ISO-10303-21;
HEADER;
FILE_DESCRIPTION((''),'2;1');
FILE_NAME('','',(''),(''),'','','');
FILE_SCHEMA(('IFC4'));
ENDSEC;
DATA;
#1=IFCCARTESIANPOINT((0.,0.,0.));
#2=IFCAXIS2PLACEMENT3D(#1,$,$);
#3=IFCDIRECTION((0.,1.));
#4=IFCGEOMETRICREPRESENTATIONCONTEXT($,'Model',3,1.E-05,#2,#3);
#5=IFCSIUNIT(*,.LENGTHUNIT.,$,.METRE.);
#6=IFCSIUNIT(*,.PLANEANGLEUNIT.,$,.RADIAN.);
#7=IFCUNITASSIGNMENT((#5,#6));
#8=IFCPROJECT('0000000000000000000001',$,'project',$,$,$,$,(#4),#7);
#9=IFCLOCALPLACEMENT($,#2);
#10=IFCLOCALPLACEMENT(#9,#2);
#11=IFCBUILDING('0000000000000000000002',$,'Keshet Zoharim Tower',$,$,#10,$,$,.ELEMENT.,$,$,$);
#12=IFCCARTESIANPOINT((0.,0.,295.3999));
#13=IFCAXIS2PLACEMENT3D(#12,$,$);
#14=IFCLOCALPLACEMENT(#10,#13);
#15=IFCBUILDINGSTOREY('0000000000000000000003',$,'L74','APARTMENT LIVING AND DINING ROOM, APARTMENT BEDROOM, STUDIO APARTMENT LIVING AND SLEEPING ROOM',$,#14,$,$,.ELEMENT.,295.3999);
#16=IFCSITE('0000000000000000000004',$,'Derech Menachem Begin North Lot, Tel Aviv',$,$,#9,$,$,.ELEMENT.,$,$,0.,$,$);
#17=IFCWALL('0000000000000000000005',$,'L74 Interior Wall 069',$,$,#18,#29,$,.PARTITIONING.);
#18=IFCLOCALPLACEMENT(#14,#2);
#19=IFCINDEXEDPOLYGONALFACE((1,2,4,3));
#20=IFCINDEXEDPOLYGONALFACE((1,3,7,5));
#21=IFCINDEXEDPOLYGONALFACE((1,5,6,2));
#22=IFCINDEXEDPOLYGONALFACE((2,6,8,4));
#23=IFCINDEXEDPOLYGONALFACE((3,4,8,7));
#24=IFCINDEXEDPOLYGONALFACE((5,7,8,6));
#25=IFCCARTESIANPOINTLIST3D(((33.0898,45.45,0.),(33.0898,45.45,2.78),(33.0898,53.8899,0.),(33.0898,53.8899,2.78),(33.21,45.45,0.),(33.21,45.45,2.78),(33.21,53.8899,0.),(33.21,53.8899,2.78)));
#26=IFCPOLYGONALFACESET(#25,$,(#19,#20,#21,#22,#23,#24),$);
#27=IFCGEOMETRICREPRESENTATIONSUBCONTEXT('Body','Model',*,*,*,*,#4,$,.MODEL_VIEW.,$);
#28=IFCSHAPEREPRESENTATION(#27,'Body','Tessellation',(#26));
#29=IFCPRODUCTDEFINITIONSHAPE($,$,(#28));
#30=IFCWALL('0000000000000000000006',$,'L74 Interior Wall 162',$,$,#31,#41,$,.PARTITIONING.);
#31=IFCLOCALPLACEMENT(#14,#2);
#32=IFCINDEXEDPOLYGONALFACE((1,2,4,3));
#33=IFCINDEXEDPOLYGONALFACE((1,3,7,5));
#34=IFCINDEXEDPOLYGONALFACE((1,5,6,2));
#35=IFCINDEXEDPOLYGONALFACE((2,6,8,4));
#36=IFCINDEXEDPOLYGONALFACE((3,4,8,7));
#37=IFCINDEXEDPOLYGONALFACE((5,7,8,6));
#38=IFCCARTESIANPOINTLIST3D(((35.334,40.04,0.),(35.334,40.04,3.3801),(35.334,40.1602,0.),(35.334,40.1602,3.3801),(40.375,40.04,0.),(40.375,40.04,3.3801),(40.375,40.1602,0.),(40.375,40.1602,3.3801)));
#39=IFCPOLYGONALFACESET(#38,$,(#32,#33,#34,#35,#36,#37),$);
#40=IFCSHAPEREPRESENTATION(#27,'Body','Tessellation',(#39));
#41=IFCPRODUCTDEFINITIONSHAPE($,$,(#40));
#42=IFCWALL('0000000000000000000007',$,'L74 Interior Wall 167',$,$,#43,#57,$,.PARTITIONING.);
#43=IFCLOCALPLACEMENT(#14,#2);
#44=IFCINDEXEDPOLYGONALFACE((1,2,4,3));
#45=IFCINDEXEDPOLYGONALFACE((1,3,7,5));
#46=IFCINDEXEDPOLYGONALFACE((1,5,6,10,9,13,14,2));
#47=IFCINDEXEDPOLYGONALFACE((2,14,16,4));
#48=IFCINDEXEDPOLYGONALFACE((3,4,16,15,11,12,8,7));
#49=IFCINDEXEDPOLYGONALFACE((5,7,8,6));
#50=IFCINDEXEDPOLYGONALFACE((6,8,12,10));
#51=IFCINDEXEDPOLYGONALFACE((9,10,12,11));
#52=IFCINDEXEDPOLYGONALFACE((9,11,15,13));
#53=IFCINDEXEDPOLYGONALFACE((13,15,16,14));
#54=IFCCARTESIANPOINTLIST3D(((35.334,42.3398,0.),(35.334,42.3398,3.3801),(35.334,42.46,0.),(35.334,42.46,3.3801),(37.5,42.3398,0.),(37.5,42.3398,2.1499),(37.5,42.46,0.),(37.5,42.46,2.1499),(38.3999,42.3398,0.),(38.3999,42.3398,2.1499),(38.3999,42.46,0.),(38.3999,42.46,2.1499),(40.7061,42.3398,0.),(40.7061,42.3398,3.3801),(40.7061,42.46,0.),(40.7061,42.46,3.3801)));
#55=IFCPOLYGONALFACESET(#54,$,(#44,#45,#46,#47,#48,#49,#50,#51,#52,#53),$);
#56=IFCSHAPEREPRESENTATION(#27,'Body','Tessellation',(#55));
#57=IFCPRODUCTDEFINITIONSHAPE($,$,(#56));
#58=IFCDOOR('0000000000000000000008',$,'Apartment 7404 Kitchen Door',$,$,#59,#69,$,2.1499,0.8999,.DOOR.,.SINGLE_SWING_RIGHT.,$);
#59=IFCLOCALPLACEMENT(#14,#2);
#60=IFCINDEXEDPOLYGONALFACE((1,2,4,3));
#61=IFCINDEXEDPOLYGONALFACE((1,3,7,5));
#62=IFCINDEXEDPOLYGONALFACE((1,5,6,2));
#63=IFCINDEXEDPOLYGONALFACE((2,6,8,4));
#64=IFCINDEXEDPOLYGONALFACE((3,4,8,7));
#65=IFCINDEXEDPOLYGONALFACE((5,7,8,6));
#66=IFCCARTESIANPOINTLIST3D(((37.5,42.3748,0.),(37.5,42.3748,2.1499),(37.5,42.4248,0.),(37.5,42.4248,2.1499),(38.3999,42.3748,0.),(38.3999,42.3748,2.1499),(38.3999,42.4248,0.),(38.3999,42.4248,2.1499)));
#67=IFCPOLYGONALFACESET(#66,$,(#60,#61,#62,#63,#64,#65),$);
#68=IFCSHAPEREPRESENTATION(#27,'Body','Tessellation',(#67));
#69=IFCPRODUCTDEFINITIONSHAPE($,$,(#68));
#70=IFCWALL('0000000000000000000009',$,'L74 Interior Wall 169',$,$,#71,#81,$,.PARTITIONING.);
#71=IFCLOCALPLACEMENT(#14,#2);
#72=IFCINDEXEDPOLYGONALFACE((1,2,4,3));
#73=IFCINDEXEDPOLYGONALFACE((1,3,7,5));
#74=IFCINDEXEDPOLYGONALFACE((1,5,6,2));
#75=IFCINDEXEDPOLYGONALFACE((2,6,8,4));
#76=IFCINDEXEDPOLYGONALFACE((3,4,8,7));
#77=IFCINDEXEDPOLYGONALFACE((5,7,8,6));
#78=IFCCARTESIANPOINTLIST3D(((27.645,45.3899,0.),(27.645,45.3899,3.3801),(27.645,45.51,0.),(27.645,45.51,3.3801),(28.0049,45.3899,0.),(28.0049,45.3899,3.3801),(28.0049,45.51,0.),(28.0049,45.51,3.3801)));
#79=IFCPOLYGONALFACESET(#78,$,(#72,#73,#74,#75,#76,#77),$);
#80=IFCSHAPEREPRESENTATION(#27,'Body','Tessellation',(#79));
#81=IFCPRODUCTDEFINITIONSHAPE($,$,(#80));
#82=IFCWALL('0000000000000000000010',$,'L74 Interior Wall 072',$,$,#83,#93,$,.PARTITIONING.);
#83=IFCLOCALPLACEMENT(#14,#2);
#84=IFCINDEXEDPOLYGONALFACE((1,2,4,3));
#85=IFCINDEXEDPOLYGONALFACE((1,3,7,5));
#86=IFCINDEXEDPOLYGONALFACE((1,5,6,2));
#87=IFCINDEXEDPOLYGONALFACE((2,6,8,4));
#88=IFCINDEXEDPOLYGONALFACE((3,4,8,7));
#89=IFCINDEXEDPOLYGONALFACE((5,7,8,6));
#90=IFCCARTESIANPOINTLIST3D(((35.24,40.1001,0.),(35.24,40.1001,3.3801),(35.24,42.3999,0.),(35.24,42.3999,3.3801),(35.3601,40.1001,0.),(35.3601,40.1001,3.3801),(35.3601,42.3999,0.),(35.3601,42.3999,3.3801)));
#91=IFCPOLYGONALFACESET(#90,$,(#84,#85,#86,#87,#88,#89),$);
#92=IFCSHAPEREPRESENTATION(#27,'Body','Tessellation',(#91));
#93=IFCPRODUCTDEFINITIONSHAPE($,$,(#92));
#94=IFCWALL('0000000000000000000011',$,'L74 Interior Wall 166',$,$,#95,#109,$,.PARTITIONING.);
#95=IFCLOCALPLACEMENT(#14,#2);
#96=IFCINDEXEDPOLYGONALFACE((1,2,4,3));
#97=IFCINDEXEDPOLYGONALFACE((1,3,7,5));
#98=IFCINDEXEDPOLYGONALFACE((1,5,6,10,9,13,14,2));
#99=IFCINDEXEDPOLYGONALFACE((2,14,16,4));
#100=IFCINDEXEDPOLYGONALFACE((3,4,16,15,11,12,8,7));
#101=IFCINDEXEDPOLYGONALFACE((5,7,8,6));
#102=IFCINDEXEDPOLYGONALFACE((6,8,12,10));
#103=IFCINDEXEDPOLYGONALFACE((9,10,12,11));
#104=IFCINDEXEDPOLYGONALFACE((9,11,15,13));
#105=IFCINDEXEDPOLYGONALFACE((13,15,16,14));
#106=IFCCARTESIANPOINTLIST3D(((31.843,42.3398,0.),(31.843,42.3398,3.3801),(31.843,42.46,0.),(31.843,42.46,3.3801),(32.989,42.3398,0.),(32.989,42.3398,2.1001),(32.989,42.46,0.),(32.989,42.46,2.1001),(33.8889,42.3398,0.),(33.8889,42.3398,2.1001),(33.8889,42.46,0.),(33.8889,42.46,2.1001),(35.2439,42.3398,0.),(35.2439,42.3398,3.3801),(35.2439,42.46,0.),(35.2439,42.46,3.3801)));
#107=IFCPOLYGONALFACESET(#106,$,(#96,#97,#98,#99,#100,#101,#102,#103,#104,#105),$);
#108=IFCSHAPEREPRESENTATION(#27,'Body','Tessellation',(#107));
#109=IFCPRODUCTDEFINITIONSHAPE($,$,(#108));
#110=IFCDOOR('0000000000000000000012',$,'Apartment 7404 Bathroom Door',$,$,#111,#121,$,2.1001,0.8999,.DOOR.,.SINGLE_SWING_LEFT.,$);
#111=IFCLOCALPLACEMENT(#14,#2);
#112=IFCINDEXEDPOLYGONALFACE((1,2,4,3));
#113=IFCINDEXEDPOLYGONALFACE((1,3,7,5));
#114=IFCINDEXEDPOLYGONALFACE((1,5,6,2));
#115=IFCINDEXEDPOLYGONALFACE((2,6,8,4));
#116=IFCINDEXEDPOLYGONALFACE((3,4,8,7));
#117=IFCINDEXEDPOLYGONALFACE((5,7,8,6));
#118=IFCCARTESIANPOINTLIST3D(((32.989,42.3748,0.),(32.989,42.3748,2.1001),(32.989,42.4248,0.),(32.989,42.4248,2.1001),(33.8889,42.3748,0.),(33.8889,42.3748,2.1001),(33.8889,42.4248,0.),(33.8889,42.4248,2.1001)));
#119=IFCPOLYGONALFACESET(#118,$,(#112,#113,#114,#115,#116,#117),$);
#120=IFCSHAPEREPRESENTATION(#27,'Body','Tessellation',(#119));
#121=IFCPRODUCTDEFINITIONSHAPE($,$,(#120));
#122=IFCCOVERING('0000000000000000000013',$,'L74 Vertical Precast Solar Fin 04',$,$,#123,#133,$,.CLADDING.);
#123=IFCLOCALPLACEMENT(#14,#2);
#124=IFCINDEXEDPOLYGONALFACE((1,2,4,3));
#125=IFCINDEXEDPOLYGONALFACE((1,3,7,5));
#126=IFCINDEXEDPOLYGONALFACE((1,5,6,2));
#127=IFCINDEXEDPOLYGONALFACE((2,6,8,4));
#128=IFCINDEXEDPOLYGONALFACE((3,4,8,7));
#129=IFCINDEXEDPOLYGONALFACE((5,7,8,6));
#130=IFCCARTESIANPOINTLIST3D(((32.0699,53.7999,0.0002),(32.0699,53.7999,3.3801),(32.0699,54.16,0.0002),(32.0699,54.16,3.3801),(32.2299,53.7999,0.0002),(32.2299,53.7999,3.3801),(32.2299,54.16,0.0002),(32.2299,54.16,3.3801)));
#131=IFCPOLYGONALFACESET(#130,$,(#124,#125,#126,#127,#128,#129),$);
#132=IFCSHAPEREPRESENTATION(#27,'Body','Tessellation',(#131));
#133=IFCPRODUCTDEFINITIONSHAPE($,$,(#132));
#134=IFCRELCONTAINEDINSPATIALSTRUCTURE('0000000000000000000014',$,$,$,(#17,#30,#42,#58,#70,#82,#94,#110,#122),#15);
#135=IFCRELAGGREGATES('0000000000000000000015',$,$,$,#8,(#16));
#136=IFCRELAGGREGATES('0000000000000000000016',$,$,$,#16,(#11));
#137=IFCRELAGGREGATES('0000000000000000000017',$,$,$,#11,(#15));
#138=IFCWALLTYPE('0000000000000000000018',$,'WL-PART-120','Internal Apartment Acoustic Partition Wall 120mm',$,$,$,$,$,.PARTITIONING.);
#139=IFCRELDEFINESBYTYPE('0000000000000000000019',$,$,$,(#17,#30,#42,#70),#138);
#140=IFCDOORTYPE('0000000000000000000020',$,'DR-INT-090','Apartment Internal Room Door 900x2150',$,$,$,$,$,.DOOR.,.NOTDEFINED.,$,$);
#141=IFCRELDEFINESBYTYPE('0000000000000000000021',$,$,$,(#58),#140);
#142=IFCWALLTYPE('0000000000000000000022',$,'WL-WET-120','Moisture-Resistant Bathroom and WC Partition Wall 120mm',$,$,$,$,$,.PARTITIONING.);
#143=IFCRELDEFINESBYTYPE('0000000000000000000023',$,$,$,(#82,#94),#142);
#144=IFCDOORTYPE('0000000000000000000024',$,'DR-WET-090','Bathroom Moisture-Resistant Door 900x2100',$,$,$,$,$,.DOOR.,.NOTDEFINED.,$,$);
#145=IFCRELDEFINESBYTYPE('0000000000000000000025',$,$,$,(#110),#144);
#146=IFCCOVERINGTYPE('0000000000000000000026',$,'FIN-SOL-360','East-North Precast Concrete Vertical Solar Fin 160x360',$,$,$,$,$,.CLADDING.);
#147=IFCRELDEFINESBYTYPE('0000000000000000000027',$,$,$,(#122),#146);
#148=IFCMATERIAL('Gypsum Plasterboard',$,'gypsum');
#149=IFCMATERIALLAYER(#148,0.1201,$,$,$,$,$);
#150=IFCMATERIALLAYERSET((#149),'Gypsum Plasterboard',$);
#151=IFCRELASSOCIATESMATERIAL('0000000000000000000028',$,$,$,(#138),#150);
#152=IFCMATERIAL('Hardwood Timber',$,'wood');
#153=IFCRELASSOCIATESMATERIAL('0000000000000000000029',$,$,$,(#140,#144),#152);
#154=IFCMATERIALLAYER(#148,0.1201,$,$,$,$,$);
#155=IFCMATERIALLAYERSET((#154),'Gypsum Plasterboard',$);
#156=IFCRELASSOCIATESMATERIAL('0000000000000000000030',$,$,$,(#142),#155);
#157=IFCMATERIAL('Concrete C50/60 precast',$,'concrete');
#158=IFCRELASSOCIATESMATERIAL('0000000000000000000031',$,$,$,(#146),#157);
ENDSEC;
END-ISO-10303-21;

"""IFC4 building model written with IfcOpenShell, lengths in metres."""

from ifc_helpers import new_model, si_unit, direction, frame, frame_2d, origin, origin_2d, place, context, subcontext, project, spatial, rectangle, extrude, material, layer, layer_set, type_object, element, fill, save


model = new_model("IFC4")

# Units and contexts
model_context = context("Model", 3, precision=1e-05, world=origin(), true_north=direction((0.0, 1.0)))
body_context = subcontext(model_context, "Body", "Model", "MODEL_VIEW")
ifc_project = project(units=[si_unit("LENGTHUNIT", "METRE"), si_unit("PLANEANGLEUNIT", "RADIAN")], contexts=[model_context])

# Site, building, storey
site_placement = place(None, origin())
site = spatial("IfcSite", under=ifc_project, at=site_placement, Name="Derech Menachem Begin North Lot, Tel Aviv", CompositionType="ELEMENT", RefElevation=0.0)
building_placement = place(site_placement, origin())
building = spatial("IfcBuilding", under=site, at=building_placement, Name="Keshet Zoharim Tower", CompositionType="ELEMENT")
storey_placement = place(building_placement, frame((0.0, 0.0, 295.3999)))
storey = spatial("IfcBuildingStorey", under=building, at=storey_placement, Name="L74", Description="APARTMENT LIVING AND DINING ROOM, APARTMENT BEDROOM, STUDIO APARTMENT LIVING AND SLEEPING ROOM", CompositionType="ELEMENT", Elevation=295.3999)

# Shared definitions
ifc_material_1 = material(Name="Hardwood Timber", Category="wood")

# Walls
ifc_material_2 = material(Name="Gypsum Plasterboard", Category="gypsum")
ifc_layer_1 = layer(ifc_material_2, 0.1201)
ifc_layer_set_1 = layer_set([ifc_layer_1], Name="Gypsum Plasterboard")
wall_type_1 = type_object("IfcWallType", Name="WL-PART-120", Description="Internal Apartment Acoustic Partition Wall 120mm", PredefinedType="PARTITIONING", material=ifc_layer_set_1)
wall_1_placement = place(storey_placement, frame((33.1499, 45.45, 0.0), z_axis=(0.0, 0.0, 1.0), x_axis=(0.0, 1.0, 0.0)))
element("IfcWall", 1, at=wall_1_placement, inside=storey, type_object=wall_type_1, Name="L74 Interior Wall 069", PredefinedType="PARTITIONING", context=body_context, shape_type="SweptSolid", body=[
    extrude(rectangle(XDim=8.4399, YDim=0.1201, at=frame_2d((4.22, 0.0))), origin(), (0.0, 0.0, 1.0), 2.78),
])
wall_2_placement = place(storey_placement, frame((35.334, 40.1001, 0.0), z_axis=(0.0, 0.0, 1.0), x_axis=(1.0, 0.0, 0.0)))
element("IfcWall", 2, at=wall_2_placement, inside=storey, type_object=wall_type_1, Name="L74 Interior Wall 162", PredefinedType="PARTITIONING", context=body_context, shape_type="SweptSolid", body=[
    extrude(rectangle(XDim=5.041, YDim=0.1201, at=frame_2d((2.5205, 0.0))), origin(), (0.0, 0.0, 1.0), 3.3801),
])

# Wall, opening, door
wall_3_placement = place(storey_placement, frame((35.334, 42.3999, 0.0), z_axis=(0.0, 0.0, 1.0), x_axis=(1.0, 0.0, 0.0)))
wall_3 = element("IfcWall", 3, at=wall_3_placement, inside=storey, type_object=wall_type_1, Name="L74 Interior Wall 167", PredefinedType="PARTITIONING", context=body_context, shape_type="SweptSolid", body=[
    extrude(rectangle(XDim=5.3721, YDim=0.1201, at=frame_2d((2.686, 0.0))), origin(), (0.0, 0.0, 1.0), 3.3801),
])
opening_1_placement = place(wall_3_placement, frame((2.166, 0.0, 0.0)))
opening_1 = element("IfcOpeningElement", 4, at=opening_1_placement, cuts=wall_3, PredefinedType="OPENING", context=body_context, shape_type="SweptSolid", body=[
    extrude(rectangle(XDim=0.8999, YDim=2.1499, at=frame_2d((0.45, 1.075))), frame((0.0, 0.0701, 0.0), z_axis=(0.0, -1.0, 0.0), x_axis=(1.0, 0.0, 0.0)), (0.0, 0.0, 1.0), 0.1401),
])
door_type_1 = type_object("IfcDoorType", Name="DR-INT-090", Description="Apartment Internal Room Door 900x2150", OperationType="NOTDEFINED", PredefinedType="DOOR", material=ifc_material_1)
door_1_placement = place(opening_1_placement, origin())
door_1 = element("IfcDoor", 5, at=door_1_placement, inside=storey, type_object=door_type_1, Name="Apartment 7404 Kitchen Door", OperationType="SINGLE_SWING_RIGHT", OverallHeight=2.1499, OverallWidth=0.8999, PredefinedType="DOOR", context=body_context, shape_type="SweptSolid", body=[
    extrude(rectangle(XDim=0.8999, YDim=2.1499, at=frame_2d((0.45, 1.075))), frame((0.0, 0.0249, 0.0), z_axis=(0.0, -1.0, 0.0), x_axis=(1.0, 0.0, 0.0)), (0.0, 0.0, 1.0), 0.05),
])
fill(opening_1, door_1)

# Wall
wall_4_placement = place(storey_placement, frame((27.645, 45.45, 0.0), z_axis=(0.0, 0.0, 1.0), x_axis=(1.0, 0.0, 0.0)))
element("IfcWall", 6, at=wall_4_placement, inside=storey, type_object=wall_type_1, Name="L74 Interior Wall 169", PredefinedType="PARTITIONING", context=body_context, shape_type="SweptSolid", body=[
    extrude(rectangle(XDim=0.3599, YDim=0.1201, at=frame_2d((0.1799, 0.0))), origin(), (0.0, 0.0, 1.0), 3.3801),
])

# Wall
ifc_layer_2 = layer(ifc_material_2, 0.1201)
ifc_layer_set_2 = layer_set([ifc_layer_2], Name="Gypsum Plasterboard")
wall_type_2 = type_object("IfcWallType", Name="WL-WET-120", Description="Moisture-Resistant Bathroom and WC Partition Wall 120mm", PredefinedType="PARTITIONING", material=ifc_layer_set_2)
wall_5_placement = place(storey_placement, frame((35.3, 40.1001, 0.0), z_axis=(0.0, 0.0, 1.0), x_axis=(0.0, 1.0, 0.0)))
element("IfcWall", 7, at=wall_5_placement, inside=storey, type_object=wall_type_2, Name="L74 Interior Wall 072", PredefinedType="PARTITIONING", context=body_context, shape_type="SweptSolid", body=[
    extrude(rectangle(XDim=2.2998, YDim=0.1201, at=frame_2d((1.1499, 0.0))), origin(), (0.0, 0.0, 1.0), 3.3801),
])

# Wall, opening, door
wall_6_placement = place(storey_placement, frame((31.843, 42.3999, 0.0), z_axis=(0.0, 0.0, 1.0), x_axis=(1.0, 0.0, 0.0)))
wall_6 = element("IfcWall", 8, at=wall_6_placement, inside=storey, type_object=wall_type_2, Name="L74 Interior Wall 166", PredefinedType="PARTITIONING", context=body_context, shape_type="SweptSolid", body=[
    extrude(rectangle(XDim=3.4009, YDim=0.1201, at=frame_2d((1.7004, 0.0))), origin(), (0.0, 0.0, 1.0), 3.3801),
])
opening_2_placement = place(wall_6_placement, frame((1.146, 0.0, 0.0)))
opening_2 = element("IfcOpeningElement", 9, at=opening_2_placement, cuts=wall_6, PredefinedType="OPENING", context=body_context, shape_type="SweptSolid", body=[
    extrude(rectangle(XDim=0.8999, YDim=2.1001, at=frame_2d((0.45, 1.05))), frame((0.0, 0.0701, 0.0), z_axis=(0.0, -1.0, 0.0), x_axis=(1.0, 0.0, 0.0)), (0.0, 0.0, 1.0), 0.1401),
])
door_type_2 = type_object("IfcDoorType", Name="DR-WET-090", Description="Bathroom Moisture-Resistant Door 900x2100", OperationType="NOTDEFINED", PredefinedType="DOOR", material=ifc_material_1)
door_2_placement = place(opening_2_placement, origin())
door_2 = element("IfcDoor", 10, at=door_2_placement, inside=storey, type_object=door_type_2, Name="Apartment 7404 Bathroom Door", OperationType="SINGLE_SWING_LEFT", OverallHeight=2.1001, OverallWidth=0.8999, PredefinedType="DOOR", context=body_context, shape_type="SweptSolid", body=[
    extrude(rectangle(XDim=0.8999, YDim=2.1001, at=frame_2d((0.45, 1.05))), frame((0.0, 0.0249, 0.0), z_axis=(0.0, -1.0, 0.0), x_axis=(1.0, 0.0, 0.0)), (0.0, 0.0, 1.0), 0.05),
])
fill(opening_2, door_2)

# Covering
ifc_material_3 = material(Name="Concrete C50/60 precast", Category="concrete")
covering_type = type_object("IfcCoveringType", Name="FIN-SOL-360", Description="East-North Precast Concrete Vertical Solar Fin 160x360", PredefinedType="CLADDING", material=ifc_material_3)
covering_placement = place(storey_placement, frame((32.1499, 53.98, 0.0002), z_axis=(0.0, 0.0, 1.0), x_axis=(1.0, 0.0, 0.0)))
element("IfcCovering", 11, at=covering_placement, inside=storey, type_object=covering_type, Name="L74 Vertical Precast Solar Fin 04", PredefinedType="CLADDING", context=body_context, shape_type="SweptSolid", body=[
    extrude(rectangle(XDim=0.1599, YDim=0.3601, at=origin_2d()), origin(), (0.0, 0.0, 1.0), 3.3799),
])

save(model, "model.ifc")
